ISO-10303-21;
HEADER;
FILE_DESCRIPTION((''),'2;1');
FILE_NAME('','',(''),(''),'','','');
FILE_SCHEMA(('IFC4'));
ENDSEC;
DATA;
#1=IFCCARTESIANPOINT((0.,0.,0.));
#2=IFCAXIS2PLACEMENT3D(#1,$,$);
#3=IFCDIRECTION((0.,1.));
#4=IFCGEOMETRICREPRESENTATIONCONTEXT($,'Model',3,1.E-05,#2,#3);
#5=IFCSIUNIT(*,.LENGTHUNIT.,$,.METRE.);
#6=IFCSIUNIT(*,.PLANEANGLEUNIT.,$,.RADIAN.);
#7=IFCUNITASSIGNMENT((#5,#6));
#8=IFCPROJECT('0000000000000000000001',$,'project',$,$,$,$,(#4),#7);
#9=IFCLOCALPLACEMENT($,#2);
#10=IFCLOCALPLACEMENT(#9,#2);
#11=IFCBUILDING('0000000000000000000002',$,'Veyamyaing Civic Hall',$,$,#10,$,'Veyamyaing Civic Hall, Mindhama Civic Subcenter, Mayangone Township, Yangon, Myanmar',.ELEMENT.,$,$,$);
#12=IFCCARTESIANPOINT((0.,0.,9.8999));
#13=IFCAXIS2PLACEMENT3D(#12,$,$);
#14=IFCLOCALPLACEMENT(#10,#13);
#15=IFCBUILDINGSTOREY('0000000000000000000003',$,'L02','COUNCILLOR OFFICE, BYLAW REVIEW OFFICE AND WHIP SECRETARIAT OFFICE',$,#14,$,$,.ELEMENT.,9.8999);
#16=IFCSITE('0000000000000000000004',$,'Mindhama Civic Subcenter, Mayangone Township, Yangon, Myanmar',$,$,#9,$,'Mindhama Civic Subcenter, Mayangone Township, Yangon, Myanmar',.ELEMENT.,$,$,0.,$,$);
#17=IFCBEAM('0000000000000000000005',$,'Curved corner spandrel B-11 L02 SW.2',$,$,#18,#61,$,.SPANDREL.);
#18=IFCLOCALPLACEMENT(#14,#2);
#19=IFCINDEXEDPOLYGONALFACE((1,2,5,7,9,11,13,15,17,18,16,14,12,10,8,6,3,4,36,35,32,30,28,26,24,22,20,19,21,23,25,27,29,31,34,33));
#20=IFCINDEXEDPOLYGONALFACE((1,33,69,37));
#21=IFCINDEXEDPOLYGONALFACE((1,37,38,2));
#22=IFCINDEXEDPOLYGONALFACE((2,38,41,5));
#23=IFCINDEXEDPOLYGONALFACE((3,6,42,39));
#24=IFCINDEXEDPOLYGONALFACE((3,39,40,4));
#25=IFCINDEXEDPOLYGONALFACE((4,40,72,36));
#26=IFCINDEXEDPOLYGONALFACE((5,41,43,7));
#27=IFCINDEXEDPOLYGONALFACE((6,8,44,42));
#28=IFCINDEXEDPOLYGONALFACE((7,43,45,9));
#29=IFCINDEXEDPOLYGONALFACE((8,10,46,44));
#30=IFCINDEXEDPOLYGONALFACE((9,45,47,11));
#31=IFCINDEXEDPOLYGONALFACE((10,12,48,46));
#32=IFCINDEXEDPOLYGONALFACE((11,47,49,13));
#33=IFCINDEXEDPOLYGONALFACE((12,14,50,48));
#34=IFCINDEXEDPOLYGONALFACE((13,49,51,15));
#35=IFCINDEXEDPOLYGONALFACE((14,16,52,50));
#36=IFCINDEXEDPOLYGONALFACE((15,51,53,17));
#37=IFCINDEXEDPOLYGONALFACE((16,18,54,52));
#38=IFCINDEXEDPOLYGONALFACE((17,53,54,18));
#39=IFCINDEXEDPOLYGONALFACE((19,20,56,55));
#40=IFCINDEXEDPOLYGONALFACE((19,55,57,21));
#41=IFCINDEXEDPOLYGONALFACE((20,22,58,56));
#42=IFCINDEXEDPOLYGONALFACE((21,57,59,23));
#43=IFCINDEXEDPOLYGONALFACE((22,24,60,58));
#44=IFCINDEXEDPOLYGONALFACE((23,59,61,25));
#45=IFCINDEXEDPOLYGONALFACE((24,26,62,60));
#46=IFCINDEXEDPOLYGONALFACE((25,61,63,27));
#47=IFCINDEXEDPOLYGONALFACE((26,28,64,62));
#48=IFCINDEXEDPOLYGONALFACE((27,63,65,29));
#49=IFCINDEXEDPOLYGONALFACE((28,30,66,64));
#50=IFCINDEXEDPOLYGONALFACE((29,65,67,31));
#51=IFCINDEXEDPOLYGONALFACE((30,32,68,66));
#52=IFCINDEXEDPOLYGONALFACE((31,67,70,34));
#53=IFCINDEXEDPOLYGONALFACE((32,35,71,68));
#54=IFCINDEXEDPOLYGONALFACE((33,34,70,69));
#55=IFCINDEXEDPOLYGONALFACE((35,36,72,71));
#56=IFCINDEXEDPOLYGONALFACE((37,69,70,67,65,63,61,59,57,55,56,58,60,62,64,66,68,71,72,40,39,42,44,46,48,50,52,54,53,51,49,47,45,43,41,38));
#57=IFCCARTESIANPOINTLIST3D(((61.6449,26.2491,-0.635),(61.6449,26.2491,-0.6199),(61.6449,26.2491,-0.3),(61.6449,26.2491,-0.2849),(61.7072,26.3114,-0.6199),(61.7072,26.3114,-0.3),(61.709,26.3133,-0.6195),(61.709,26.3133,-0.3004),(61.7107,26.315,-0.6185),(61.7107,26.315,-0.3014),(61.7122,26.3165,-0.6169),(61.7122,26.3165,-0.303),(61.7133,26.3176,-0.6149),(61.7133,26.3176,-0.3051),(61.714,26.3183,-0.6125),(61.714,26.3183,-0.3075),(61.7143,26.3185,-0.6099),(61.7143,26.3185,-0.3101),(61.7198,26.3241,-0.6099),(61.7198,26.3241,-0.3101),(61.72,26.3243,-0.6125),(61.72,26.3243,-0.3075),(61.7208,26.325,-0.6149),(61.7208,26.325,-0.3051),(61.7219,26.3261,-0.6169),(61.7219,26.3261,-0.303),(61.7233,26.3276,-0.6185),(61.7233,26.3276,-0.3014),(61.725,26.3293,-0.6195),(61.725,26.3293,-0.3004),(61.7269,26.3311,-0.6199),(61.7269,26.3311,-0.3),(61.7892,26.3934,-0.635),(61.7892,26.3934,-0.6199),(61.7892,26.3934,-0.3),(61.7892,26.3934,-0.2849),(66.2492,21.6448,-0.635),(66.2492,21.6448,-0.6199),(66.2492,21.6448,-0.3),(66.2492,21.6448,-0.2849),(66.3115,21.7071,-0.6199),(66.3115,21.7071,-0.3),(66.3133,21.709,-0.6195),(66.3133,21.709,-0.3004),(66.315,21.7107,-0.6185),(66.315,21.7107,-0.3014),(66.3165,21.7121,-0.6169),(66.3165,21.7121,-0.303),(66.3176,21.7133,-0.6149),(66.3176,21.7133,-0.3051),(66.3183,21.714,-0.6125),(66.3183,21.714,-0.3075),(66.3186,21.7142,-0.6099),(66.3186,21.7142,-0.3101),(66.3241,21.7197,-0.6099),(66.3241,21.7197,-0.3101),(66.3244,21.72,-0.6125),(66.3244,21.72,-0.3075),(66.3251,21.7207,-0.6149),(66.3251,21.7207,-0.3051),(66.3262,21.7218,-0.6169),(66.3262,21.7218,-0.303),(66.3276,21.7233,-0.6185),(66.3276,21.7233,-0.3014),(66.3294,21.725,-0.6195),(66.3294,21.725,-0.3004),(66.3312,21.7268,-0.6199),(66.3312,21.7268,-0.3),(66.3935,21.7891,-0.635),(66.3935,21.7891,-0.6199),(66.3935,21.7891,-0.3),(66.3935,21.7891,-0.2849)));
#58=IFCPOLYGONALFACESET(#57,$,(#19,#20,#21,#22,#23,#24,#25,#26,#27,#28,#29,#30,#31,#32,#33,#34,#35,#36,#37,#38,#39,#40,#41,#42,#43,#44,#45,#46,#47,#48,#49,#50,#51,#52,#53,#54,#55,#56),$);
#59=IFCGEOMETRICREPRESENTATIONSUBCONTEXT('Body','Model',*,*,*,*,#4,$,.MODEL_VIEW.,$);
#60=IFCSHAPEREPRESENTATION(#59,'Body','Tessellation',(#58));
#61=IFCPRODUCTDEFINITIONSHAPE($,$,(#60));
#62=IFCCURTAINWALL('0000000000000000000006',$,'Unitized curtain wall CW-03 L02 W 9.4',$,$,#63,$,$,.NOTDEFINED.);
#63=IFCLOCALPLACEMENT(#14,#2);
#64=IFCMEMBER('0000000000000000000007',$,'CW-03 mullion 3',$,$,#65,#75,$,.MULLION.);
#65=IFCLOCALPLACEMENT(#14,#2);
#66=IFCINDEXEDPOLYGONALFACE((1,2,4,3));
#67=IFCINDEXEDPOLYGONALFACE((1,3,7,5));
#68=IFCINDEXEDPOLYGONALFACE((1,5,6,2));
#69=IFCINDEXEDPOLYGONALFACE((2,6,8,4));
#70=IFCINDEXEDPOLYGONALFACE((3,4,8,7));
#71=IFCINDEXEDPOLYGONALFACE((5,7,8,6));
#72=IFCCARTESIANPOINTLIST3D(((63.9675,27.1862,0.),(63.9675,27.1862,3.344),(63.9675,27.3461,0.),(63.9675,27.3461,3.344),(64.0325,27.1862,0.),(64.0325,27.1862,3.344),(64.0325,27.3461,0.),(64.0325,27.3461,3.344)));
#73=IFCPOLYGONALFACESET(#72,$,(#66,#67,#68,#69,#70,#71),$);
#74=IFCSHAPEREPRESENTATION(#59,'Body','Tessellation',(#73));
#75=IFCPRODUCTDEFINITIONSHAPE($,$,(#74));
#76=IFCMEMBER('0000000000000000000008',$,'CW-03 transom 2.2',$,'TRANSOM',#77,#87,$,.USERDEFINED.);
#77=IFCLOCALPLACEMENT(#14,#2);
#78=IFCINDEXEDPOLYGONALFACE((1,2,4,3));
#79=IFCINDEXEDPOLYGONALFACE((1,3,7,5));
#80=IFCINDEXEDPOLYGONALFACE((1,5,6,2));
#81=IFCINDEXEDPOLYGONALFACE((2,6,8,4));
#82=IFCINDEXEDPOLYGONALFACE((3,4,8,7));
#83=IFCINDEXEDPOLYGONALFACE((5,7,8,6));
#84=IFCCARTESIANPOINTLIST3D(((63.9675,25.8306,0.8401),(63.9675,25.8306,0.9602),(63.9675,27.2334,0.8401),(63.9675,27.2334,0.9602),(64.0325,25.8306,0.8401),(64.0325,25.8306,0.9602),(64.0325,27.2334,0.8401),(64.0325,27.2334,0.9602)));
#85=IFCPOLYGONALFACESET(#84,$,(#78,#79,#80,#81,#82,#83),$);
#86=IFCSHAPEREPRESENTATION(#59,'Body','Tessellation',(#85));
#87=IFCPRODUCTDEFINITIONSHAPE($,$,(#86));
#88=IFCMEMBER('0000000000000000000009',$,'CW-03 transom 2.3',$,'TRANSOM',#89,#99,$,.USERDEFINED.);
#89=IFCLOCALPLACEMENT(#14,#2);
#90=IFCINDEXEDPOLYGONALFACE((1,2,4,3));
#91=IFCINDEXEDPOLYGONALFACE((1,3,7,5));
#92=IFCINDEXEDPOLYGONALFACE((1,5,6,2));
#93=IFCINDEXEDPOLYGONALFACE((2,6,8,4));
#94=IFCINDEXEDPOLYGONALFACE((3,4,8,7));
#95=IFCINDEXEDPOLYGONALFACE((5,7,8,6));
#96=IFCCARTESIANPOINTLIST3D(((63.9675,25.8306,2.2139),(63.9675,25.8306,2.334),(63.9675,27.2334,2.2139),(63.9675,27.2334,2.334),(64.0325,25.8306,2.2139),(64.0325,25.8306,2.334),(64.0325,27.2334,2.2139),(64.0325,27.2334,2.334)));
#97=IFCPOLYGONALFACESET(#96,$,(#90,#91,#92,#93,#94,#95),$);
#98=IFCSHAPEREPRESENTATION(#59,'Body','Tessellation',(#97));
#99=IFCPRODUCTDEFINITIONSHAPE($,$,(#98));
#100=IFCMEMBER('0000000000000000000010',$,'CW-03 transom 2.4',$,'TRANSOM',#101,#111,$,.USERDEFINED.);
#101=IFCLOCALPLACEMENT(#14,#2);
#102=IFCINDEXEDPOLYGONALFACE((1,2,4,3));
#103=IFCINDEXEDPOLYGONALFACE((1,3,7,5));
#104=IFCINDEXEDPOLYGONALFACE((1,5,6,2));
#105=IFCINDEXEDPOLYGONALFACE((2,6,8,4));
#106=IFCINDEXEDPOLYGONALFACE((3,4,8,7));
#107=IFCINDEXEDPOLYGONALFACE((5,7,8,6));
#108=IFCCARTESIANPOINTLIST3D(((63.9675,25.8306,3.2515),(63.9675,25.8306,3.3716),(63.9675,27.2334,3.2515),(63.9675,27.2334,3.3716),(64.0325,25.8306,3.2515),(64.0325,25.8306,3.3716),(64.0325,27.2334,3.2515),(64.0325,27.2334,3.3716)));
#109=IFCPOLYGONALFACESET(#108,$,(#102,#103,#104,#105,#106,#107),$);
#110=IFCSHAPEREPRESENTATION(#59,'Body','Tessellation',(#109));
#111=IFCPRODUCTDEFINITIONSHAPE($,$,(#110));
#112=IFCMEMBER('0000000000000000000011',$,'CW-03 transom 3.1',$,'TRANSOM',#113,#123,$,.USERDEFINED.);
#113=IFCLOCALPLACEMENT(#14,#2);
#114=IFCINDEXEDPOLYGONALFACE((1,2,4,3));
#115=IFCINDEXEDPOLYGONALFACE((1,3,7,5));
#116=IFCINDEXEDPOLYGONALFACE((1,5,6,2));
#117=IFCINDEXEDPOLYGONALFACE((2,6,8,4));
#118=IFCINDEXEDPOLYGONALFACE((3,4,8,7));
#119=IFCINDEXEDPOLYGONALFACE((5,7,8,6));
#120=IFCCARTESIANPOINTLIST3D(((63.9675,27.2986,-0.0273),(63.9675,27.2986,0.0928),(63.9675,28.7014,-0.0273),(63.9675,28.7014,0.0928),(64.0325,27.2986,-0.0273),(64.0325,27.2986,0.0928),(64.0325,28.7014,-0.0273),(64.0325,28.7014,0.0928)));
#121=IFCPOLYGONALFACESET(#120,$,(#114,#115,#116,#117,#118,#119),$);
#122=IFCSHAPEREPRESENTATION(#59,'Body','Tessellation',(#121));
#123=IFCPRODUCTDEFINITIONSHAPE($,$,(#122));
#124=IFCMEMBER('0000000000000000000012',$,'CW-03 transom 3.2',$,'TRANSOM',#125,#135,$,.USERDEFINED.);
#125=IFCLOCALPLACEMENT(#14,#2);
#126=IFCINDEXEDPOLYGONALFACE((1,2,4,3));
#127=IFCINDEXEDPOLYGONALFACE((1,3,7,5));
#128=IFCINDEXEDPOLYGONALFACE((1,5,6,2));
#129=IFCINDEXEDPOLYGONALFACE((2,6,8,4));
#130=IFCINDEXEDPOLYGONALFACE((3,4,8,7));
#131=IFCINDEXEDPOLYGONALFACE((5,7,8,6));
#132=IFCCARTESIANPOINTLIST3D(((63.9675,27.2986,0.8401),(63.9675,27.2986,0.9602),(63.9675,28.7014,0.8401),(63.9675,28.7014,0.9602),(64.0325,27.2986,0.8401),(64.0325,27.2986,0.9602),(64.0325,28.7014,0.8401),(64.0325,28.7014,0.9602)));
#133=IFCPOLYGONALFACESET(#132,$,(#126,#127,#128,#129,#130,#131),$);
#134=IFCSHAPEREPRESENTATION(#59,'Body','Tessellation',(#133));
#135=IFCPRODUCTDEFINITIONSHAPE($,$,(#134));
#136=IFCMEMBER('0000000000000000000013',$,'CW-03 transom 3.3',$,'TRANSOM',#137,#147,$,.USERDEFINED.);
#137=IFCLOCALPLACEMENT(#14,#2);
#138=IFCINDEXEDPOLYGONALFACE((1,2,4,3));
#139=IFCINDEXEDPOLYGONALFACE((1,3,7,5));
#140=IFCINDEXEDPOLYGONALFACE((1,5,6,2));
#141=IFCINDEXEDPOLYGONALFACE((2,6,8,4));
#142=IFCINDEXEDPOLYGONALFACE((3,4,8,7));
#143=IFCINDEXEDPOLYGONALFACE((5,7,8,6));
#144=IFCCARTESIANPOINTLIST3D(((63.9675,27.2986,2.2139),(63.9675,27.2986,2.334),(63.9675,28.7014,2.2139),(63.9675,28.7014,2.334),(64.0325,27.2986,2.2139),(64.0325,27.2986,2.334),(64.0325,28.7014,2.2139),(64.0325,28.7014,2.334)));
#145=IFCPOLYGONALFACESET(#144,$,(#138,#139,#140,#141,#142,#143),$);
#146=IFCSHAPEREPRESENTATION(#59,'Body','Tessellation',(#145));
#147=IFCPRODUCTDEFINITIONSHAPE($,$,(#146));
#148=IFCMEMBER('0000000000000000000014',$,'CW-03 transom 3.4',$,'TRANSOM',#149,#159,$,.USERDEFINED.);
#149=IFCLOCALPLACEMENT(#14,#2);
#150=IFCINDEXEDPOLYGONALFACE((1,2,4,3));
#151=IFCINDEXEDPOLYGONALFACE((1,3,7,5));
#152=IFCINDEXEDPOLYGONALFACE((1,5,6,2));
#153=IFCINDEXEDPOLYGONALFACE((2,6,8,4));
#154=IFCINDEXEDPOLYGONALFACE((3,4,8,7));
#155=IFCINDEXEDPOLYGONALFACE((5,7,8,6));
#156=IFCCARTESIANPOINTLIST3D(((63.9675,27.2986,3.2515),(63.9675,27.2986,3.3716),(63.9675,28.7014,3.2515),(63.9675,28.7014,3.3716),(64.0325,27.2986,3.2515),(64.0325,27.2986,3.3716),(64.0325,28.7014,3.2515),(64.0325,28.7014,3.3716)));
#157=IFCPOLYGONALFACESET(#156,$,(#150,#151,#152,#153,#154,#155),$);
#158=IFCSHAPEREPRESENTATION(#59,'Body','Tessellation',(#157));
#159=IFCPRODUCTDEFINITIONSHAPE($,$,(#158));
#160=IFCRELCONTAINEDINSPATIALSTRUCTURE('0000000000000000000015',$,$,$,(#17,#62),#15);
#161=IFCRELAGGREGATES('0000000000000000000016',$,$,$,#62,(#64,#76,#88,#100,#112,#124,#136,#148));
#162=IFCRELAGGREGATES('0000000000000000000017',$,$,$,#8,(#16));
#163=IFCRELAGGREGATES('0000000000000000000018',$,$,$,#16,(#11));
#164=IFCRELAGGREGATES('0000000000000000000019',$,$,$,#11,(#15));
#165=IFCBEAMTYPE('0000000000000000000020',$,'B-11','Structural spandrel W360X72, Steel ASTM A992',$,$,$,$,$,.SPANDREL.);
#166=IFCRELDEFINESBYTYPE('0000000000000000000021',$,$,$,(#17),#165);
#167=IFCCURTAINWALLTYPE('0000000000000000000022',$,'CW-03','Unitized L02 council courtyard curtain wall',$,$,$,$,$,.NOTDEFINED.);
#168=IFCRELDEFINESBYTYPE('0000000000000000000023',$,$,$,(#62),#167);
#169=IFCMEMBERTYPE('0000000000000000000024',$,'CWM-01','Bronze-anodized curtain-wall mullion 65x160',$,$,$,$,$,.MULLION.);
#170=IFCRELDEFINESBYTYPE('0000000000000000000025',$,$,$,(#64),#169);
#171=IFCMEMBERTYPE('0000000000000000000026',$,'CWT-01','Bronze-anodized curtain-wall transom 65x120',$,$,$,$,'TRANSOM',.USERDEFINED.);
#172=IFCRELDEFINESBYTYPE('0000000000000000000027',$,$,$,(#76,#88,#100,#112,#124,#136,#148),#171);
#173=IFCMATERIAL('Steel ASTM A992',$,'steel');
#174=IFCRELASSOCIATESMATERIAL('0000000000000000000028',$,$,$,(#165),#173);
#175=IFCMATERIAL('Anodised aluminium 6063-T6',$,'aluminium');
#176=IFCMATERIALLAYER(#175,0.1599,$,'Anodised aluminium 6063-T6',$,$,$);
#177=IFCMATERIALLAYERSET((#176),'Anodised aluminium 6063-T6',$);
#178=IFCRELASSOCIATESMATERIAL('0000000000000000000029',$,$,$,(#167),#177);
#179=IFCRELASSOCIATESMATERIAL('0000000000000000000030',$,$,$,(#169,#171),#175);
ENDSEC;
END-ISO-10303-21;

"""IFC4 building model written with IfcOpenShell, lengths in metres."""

from ifc_helpers import new_model, si_unit, direction, frame, origin, origin_2d, place, context, subcontext, project, spatial, rectangle, i_section, extrude, material, layer, layer_set, material_profile, profile_set, type_object, element, aggregate, save


model = new_model("IFC4")

# Units and contexts
model_context = context("Model", 3, precision=1e-05, world=origin(), true_north=direction((0.0, 1.0)))
body_context = subcontext(model_context, "Body", "Model", "MODEL_VIEW")
ifc_project = project(units=[si_unit("LENGTHUNIT", "METRE"), si_unit("PLANEANGLEUNIT", "RADIAN")], contexts=[model_context])

# Site, building, storey
site_placement = place(None, origin())
site = spatial("IfcSite", under=ifc_project, at=site_placement, Name="Mindhama Civic Subcenter, Mayangone Township, Yangon, Myanmar", LongName="Mindhama Civic Subcenter, Mayangone Township, Yangon, Myanmar", CompositionType="ELEMENT", RefElevation=0.0)
building_placement = place(site_placement, origin())
building = spatial("IfcBuilding", under=site, at=building_placement, Name="Veyamyaing Civic Hall", LongName="Veyamyaing Civic Hall, Mindhama Civic Subcenter, Mayangone Township, Yangon, Myanmar", CompositionType="ELEMENT")
storey_placement = place(building_placement, frame((0.0, 0.0, 9.8999)))
storey = spatial("IfcBuildingStorey", under=building, at=storey_placement, Name="L02", Description="COUNCILLOR OFFICE, BYLAW REVIEW OFFICE AND WHIP SECRETARIAT OFFICE", CompositionType="ELEMENT", Elevation=9.8999)

# Beam
ifc_material_1 = material(Name="Steel ASTM A992", Category="steel")
ifc_material_profile_1 = material_profile(ifc_material_1, i_section(OverallWidth=0.2041, OverallDepth=0.3501, WebThickness=0.0078, FlangeThickness=0.0151, FilletRadius=0.01, at=origin_2d()), Name="W360X72")
ifc_profile_set_1 = profile_set([ifc_material_profile_1], Name="Steel ASTM A992")
beam_type_1 = type_object("IfcBeamType", Name="B-11", Description="Structural spandrel W360X72, Steel ASTM A992", PredefinedType="SPANDREL", material=ifc_profile_set_1)
beam_1_placement = place(storey_placement, frame((61.717, 26.3213, -0.46), z_axis=(0.707107, -0.707107, 0.0), x_axis=(0.707107, 0.707107, 0.0)))
element("IfcBeam", 1, at=beam_1_placement, inside=storey, type_object=beam_type_1, Name="Curved corner spandrel B-11 L02 SW.2", PredefinedType="SPANDREL", context=body_context, shape_type="SweptSolid", body=[
    extrude(i_section(OverallWidth=0.2041, OverallDepth=0.3501, WebThickness=0.0078, FlangeThickness=0.0151, FilletRadius=0.01, at=origin_2d()), origin(), (0.0, 0.0, 1.0), 6.5115),
])

# Curtain wall, members
ifc_material_2 = material(Name="Anodised aluminium 6063-T6", Category="aluminium")
ifc_layer_1 = layer(ifc_material_2, 0.1599, Name="Anodised aluminium 6063-T6")
ifc_layer_set_1 = layer_set([ifc_layer_1], Name="Anodised aluminium 6063-T6")
curtain_wall_type = type_object("IfcCurtainWallType", Name="CW-03", Description="Unitized L02 council courtyard curtain wall", PredefinedType="NOTDEFINED", material=ifc_layer_set_1)
curtain_wall_placement = place(storey_placement, origin())
curtain_wall = element("IfcCurtainWall", 2, at=curtain_wall_placement, inside=storey, type_object=curtain_wall_type, Name="Unitized curtain wall CW-03 L02 W 9.4", PredefinedType="NOTDEFINED")
ifc_material_profile_2 = material_profile(ifc_material_2, rectangle(XDim=0.0649, YDim=0.1599, at=origin_2d()), Name="ALU-MUL-65X160")
ifc_profile_set_2 = profile_set([ifc_material_profile_2], Name="Anodised aluminium 6063-T6")
member_type_1 = type_object("IfcMemberType", Name="CWM-01", Description="Bronze-anodized curtain-wall mullion 65x160", PredefinedType="MULLION", material=ifc_profile_set_2)
member_1_placement = place(storey_placement, frame((64.0, 27.2661, 0.0), z_axis=(0.0, 0.0, 1.0), x_axis=(-1.0, 0.0, 0.0)))
member_1 = element("IfcMember", 3, at=member_1_placement, type_object=member_type_1, Name="CW-03 mullion 3", PredefinedType="MULLION", context=body_context, shape_type="SweptSolid", body=[
    extrude(rectangle(XDim=0.0649, YDim=0.1599, at=origin_2d()), origin(), (0.0, 0.0, 1.0), 3.344),
])
ifc_material_profile_3 = material_profile(ifc_material_2, rectangle(XDim=0.0649, YDim=0.1201, at=origin_2d()), Name="ALU-TRN-65X120")
ifc_profile_set_3 = profile_set([ifc_material_profile_3], Name="Anodised aluminium 6063-T6")
member_type_2 = type_object("IfcMemberType", Name="CWT-01", Description="Bronze-anodized curtain-wall transom 65x120", ElementType="TRANSOM", PredefinedType="USERDEFINED", material=ifc_profile_set_3)
member_2_placement = place(storey_placement, frame((64.0, 25.8306, 0.9001), z_axis=(0.0, 1.0, 0.0), x_axis=(-1.0, 0.0, 0.0)))
member_2 = element("IfcMember", 4, at=member_2_placement, type_object=member_type_2, Name="CW-03 transom 2.2", ObjectType="TRANSOM", PredefinedType="USERDEFINED", context=body_context, shape_type="SweptSolid", body=[
    extrude(rectangle(XDim=0.0649, YDim=0.1201, at=origin_2d()), origin(), (0.0, 0.0, 1.0), 1.4028),
])
member_3_placement = place(storey_placement, frame((64.0, 25.8306, 2.2739), z_axis=(0.0, 1.0, 0.0), x_axis=(-1.0, 0.0, 0.0)))
member_3 = element("IfcMember", 5, at=member_3_placement, type_object=member_type_2, Name="CW-03 transom 2.3", ObjectType="TRANSOM", PredefinedType="USERDEFINED", context=body_context, shape_type="SweptSolid", body=[
    extrude(rectangle(XDim=0.0649, YDim=0.1201, at=origin_2d()), origin(), (0.0, 0.0, 1.0), 1.4028),
])
member_4_placement = place(storey_placement, frame((64.0, 25.8306, 3.3115), z_axis=(0.0, 1.0, 0.0), x_axis=(-1.0, 0.0, 0.0)))
member_4 = element("IfcMember", 6, at=member_4_placement, type_object=member_type_2, Name="CW-03 transom 2.4", ObjectType="TRANSOM", PredefinedType="USERDEFINED", context=body_context, shape_type="SweptSolid", body=[
    extrude(rectangle(XDim=0.0649, YDim=0.1201, at=origin_2d()), origin(), (0.0, 0.0, 1.0), 1.4028),
])
member_5_placement = place(storey_placement, frame((64.0, 27.2986, 0.0327), z_axis=(0.0, 1.0, 0.0), x_axis=(-1.0, 0.0, 0.0)))
member_5 = element("IfcMember", 7, at=member_5_placement, type_object=member_type_2, Name="CW-03 transom 3.1", ObjectType="TRANSOM", PredefinedType="USERDEFINED", context=body_context, shape_type="SweptSolid", body=[
    extrude(rectangle(XDim=0.0649, YDim=0.1201, at=origin_2d()), origin(), (0.0, 0.0, 1.0), 1.4028),
])
member_6_placement = place(storey_placement, frame((64.0, 27.2986, 0.9001), z_axis=(0.0, 1.0, 0.0), x_axis=(-1.0, 0.0, 0.0)))
member_6 = element("IfcMember", 8, at=member_6_placement, type_object=member_type_2, Name="CW-03 transom 3.2", ObjectType="TRANSOM", PredefinedType="USERDEFINED", context=body_context, shape_type="SweptSolid", body=[
    extrude(rectangle(XDim=0.0649, YDim=0.1201, at=origin_2d()), origin(), (0.0, 0.0, 1.0), 1.4028),
])
member_7_placement = place(storey_placement, frame((64.0, 27.2986, 2.2739), z_axis=(0.0, 1.0, 0.0), x_axis=(-1.0, 0.0, 0.0)))
member_7 = element("IfcMember", 9, at=member_7_placement, type_object=member_type_2, Name="CW-03 transom 3.3", ObjectType="TRANSOM", PredefinedType="USERDEFINED", context=body_context, shape_type="SweptSolid", body=[
    extrude(rectangle(XDim=0.0649, YDim=0.1201, at=origin_2d()), origin(), (0.0, 0.0, 1.0), 1.4028),
])
member_8_placement = place(storey_placement, frame((64.0, 27.2986, 3.3115), z_axis=(0.0, 1.0, 0.0), x_axis=(-1.0, 0.0, 0.0)))
member_8 = element("IfcMember", 10, at=member_8_placement, type_object=member_type_2, Name="CW-03 transom 3.4", ObjectType="TRANSOM", PredefinedType="USERDEFINED", context=body_context, shape_type="SweptSolid", body=[
    extrude(rectangle(XDim=0.0649, YDim=0.1201, at=origin_2d()), origin(), (0.0, 0.0, 1.0), 1.4028),
])

aggregate(curtain_wall, [member_1, member_2, member_3, member_4, member_5, member_6, member_7, member_8])

save(model, "model.ifc")
